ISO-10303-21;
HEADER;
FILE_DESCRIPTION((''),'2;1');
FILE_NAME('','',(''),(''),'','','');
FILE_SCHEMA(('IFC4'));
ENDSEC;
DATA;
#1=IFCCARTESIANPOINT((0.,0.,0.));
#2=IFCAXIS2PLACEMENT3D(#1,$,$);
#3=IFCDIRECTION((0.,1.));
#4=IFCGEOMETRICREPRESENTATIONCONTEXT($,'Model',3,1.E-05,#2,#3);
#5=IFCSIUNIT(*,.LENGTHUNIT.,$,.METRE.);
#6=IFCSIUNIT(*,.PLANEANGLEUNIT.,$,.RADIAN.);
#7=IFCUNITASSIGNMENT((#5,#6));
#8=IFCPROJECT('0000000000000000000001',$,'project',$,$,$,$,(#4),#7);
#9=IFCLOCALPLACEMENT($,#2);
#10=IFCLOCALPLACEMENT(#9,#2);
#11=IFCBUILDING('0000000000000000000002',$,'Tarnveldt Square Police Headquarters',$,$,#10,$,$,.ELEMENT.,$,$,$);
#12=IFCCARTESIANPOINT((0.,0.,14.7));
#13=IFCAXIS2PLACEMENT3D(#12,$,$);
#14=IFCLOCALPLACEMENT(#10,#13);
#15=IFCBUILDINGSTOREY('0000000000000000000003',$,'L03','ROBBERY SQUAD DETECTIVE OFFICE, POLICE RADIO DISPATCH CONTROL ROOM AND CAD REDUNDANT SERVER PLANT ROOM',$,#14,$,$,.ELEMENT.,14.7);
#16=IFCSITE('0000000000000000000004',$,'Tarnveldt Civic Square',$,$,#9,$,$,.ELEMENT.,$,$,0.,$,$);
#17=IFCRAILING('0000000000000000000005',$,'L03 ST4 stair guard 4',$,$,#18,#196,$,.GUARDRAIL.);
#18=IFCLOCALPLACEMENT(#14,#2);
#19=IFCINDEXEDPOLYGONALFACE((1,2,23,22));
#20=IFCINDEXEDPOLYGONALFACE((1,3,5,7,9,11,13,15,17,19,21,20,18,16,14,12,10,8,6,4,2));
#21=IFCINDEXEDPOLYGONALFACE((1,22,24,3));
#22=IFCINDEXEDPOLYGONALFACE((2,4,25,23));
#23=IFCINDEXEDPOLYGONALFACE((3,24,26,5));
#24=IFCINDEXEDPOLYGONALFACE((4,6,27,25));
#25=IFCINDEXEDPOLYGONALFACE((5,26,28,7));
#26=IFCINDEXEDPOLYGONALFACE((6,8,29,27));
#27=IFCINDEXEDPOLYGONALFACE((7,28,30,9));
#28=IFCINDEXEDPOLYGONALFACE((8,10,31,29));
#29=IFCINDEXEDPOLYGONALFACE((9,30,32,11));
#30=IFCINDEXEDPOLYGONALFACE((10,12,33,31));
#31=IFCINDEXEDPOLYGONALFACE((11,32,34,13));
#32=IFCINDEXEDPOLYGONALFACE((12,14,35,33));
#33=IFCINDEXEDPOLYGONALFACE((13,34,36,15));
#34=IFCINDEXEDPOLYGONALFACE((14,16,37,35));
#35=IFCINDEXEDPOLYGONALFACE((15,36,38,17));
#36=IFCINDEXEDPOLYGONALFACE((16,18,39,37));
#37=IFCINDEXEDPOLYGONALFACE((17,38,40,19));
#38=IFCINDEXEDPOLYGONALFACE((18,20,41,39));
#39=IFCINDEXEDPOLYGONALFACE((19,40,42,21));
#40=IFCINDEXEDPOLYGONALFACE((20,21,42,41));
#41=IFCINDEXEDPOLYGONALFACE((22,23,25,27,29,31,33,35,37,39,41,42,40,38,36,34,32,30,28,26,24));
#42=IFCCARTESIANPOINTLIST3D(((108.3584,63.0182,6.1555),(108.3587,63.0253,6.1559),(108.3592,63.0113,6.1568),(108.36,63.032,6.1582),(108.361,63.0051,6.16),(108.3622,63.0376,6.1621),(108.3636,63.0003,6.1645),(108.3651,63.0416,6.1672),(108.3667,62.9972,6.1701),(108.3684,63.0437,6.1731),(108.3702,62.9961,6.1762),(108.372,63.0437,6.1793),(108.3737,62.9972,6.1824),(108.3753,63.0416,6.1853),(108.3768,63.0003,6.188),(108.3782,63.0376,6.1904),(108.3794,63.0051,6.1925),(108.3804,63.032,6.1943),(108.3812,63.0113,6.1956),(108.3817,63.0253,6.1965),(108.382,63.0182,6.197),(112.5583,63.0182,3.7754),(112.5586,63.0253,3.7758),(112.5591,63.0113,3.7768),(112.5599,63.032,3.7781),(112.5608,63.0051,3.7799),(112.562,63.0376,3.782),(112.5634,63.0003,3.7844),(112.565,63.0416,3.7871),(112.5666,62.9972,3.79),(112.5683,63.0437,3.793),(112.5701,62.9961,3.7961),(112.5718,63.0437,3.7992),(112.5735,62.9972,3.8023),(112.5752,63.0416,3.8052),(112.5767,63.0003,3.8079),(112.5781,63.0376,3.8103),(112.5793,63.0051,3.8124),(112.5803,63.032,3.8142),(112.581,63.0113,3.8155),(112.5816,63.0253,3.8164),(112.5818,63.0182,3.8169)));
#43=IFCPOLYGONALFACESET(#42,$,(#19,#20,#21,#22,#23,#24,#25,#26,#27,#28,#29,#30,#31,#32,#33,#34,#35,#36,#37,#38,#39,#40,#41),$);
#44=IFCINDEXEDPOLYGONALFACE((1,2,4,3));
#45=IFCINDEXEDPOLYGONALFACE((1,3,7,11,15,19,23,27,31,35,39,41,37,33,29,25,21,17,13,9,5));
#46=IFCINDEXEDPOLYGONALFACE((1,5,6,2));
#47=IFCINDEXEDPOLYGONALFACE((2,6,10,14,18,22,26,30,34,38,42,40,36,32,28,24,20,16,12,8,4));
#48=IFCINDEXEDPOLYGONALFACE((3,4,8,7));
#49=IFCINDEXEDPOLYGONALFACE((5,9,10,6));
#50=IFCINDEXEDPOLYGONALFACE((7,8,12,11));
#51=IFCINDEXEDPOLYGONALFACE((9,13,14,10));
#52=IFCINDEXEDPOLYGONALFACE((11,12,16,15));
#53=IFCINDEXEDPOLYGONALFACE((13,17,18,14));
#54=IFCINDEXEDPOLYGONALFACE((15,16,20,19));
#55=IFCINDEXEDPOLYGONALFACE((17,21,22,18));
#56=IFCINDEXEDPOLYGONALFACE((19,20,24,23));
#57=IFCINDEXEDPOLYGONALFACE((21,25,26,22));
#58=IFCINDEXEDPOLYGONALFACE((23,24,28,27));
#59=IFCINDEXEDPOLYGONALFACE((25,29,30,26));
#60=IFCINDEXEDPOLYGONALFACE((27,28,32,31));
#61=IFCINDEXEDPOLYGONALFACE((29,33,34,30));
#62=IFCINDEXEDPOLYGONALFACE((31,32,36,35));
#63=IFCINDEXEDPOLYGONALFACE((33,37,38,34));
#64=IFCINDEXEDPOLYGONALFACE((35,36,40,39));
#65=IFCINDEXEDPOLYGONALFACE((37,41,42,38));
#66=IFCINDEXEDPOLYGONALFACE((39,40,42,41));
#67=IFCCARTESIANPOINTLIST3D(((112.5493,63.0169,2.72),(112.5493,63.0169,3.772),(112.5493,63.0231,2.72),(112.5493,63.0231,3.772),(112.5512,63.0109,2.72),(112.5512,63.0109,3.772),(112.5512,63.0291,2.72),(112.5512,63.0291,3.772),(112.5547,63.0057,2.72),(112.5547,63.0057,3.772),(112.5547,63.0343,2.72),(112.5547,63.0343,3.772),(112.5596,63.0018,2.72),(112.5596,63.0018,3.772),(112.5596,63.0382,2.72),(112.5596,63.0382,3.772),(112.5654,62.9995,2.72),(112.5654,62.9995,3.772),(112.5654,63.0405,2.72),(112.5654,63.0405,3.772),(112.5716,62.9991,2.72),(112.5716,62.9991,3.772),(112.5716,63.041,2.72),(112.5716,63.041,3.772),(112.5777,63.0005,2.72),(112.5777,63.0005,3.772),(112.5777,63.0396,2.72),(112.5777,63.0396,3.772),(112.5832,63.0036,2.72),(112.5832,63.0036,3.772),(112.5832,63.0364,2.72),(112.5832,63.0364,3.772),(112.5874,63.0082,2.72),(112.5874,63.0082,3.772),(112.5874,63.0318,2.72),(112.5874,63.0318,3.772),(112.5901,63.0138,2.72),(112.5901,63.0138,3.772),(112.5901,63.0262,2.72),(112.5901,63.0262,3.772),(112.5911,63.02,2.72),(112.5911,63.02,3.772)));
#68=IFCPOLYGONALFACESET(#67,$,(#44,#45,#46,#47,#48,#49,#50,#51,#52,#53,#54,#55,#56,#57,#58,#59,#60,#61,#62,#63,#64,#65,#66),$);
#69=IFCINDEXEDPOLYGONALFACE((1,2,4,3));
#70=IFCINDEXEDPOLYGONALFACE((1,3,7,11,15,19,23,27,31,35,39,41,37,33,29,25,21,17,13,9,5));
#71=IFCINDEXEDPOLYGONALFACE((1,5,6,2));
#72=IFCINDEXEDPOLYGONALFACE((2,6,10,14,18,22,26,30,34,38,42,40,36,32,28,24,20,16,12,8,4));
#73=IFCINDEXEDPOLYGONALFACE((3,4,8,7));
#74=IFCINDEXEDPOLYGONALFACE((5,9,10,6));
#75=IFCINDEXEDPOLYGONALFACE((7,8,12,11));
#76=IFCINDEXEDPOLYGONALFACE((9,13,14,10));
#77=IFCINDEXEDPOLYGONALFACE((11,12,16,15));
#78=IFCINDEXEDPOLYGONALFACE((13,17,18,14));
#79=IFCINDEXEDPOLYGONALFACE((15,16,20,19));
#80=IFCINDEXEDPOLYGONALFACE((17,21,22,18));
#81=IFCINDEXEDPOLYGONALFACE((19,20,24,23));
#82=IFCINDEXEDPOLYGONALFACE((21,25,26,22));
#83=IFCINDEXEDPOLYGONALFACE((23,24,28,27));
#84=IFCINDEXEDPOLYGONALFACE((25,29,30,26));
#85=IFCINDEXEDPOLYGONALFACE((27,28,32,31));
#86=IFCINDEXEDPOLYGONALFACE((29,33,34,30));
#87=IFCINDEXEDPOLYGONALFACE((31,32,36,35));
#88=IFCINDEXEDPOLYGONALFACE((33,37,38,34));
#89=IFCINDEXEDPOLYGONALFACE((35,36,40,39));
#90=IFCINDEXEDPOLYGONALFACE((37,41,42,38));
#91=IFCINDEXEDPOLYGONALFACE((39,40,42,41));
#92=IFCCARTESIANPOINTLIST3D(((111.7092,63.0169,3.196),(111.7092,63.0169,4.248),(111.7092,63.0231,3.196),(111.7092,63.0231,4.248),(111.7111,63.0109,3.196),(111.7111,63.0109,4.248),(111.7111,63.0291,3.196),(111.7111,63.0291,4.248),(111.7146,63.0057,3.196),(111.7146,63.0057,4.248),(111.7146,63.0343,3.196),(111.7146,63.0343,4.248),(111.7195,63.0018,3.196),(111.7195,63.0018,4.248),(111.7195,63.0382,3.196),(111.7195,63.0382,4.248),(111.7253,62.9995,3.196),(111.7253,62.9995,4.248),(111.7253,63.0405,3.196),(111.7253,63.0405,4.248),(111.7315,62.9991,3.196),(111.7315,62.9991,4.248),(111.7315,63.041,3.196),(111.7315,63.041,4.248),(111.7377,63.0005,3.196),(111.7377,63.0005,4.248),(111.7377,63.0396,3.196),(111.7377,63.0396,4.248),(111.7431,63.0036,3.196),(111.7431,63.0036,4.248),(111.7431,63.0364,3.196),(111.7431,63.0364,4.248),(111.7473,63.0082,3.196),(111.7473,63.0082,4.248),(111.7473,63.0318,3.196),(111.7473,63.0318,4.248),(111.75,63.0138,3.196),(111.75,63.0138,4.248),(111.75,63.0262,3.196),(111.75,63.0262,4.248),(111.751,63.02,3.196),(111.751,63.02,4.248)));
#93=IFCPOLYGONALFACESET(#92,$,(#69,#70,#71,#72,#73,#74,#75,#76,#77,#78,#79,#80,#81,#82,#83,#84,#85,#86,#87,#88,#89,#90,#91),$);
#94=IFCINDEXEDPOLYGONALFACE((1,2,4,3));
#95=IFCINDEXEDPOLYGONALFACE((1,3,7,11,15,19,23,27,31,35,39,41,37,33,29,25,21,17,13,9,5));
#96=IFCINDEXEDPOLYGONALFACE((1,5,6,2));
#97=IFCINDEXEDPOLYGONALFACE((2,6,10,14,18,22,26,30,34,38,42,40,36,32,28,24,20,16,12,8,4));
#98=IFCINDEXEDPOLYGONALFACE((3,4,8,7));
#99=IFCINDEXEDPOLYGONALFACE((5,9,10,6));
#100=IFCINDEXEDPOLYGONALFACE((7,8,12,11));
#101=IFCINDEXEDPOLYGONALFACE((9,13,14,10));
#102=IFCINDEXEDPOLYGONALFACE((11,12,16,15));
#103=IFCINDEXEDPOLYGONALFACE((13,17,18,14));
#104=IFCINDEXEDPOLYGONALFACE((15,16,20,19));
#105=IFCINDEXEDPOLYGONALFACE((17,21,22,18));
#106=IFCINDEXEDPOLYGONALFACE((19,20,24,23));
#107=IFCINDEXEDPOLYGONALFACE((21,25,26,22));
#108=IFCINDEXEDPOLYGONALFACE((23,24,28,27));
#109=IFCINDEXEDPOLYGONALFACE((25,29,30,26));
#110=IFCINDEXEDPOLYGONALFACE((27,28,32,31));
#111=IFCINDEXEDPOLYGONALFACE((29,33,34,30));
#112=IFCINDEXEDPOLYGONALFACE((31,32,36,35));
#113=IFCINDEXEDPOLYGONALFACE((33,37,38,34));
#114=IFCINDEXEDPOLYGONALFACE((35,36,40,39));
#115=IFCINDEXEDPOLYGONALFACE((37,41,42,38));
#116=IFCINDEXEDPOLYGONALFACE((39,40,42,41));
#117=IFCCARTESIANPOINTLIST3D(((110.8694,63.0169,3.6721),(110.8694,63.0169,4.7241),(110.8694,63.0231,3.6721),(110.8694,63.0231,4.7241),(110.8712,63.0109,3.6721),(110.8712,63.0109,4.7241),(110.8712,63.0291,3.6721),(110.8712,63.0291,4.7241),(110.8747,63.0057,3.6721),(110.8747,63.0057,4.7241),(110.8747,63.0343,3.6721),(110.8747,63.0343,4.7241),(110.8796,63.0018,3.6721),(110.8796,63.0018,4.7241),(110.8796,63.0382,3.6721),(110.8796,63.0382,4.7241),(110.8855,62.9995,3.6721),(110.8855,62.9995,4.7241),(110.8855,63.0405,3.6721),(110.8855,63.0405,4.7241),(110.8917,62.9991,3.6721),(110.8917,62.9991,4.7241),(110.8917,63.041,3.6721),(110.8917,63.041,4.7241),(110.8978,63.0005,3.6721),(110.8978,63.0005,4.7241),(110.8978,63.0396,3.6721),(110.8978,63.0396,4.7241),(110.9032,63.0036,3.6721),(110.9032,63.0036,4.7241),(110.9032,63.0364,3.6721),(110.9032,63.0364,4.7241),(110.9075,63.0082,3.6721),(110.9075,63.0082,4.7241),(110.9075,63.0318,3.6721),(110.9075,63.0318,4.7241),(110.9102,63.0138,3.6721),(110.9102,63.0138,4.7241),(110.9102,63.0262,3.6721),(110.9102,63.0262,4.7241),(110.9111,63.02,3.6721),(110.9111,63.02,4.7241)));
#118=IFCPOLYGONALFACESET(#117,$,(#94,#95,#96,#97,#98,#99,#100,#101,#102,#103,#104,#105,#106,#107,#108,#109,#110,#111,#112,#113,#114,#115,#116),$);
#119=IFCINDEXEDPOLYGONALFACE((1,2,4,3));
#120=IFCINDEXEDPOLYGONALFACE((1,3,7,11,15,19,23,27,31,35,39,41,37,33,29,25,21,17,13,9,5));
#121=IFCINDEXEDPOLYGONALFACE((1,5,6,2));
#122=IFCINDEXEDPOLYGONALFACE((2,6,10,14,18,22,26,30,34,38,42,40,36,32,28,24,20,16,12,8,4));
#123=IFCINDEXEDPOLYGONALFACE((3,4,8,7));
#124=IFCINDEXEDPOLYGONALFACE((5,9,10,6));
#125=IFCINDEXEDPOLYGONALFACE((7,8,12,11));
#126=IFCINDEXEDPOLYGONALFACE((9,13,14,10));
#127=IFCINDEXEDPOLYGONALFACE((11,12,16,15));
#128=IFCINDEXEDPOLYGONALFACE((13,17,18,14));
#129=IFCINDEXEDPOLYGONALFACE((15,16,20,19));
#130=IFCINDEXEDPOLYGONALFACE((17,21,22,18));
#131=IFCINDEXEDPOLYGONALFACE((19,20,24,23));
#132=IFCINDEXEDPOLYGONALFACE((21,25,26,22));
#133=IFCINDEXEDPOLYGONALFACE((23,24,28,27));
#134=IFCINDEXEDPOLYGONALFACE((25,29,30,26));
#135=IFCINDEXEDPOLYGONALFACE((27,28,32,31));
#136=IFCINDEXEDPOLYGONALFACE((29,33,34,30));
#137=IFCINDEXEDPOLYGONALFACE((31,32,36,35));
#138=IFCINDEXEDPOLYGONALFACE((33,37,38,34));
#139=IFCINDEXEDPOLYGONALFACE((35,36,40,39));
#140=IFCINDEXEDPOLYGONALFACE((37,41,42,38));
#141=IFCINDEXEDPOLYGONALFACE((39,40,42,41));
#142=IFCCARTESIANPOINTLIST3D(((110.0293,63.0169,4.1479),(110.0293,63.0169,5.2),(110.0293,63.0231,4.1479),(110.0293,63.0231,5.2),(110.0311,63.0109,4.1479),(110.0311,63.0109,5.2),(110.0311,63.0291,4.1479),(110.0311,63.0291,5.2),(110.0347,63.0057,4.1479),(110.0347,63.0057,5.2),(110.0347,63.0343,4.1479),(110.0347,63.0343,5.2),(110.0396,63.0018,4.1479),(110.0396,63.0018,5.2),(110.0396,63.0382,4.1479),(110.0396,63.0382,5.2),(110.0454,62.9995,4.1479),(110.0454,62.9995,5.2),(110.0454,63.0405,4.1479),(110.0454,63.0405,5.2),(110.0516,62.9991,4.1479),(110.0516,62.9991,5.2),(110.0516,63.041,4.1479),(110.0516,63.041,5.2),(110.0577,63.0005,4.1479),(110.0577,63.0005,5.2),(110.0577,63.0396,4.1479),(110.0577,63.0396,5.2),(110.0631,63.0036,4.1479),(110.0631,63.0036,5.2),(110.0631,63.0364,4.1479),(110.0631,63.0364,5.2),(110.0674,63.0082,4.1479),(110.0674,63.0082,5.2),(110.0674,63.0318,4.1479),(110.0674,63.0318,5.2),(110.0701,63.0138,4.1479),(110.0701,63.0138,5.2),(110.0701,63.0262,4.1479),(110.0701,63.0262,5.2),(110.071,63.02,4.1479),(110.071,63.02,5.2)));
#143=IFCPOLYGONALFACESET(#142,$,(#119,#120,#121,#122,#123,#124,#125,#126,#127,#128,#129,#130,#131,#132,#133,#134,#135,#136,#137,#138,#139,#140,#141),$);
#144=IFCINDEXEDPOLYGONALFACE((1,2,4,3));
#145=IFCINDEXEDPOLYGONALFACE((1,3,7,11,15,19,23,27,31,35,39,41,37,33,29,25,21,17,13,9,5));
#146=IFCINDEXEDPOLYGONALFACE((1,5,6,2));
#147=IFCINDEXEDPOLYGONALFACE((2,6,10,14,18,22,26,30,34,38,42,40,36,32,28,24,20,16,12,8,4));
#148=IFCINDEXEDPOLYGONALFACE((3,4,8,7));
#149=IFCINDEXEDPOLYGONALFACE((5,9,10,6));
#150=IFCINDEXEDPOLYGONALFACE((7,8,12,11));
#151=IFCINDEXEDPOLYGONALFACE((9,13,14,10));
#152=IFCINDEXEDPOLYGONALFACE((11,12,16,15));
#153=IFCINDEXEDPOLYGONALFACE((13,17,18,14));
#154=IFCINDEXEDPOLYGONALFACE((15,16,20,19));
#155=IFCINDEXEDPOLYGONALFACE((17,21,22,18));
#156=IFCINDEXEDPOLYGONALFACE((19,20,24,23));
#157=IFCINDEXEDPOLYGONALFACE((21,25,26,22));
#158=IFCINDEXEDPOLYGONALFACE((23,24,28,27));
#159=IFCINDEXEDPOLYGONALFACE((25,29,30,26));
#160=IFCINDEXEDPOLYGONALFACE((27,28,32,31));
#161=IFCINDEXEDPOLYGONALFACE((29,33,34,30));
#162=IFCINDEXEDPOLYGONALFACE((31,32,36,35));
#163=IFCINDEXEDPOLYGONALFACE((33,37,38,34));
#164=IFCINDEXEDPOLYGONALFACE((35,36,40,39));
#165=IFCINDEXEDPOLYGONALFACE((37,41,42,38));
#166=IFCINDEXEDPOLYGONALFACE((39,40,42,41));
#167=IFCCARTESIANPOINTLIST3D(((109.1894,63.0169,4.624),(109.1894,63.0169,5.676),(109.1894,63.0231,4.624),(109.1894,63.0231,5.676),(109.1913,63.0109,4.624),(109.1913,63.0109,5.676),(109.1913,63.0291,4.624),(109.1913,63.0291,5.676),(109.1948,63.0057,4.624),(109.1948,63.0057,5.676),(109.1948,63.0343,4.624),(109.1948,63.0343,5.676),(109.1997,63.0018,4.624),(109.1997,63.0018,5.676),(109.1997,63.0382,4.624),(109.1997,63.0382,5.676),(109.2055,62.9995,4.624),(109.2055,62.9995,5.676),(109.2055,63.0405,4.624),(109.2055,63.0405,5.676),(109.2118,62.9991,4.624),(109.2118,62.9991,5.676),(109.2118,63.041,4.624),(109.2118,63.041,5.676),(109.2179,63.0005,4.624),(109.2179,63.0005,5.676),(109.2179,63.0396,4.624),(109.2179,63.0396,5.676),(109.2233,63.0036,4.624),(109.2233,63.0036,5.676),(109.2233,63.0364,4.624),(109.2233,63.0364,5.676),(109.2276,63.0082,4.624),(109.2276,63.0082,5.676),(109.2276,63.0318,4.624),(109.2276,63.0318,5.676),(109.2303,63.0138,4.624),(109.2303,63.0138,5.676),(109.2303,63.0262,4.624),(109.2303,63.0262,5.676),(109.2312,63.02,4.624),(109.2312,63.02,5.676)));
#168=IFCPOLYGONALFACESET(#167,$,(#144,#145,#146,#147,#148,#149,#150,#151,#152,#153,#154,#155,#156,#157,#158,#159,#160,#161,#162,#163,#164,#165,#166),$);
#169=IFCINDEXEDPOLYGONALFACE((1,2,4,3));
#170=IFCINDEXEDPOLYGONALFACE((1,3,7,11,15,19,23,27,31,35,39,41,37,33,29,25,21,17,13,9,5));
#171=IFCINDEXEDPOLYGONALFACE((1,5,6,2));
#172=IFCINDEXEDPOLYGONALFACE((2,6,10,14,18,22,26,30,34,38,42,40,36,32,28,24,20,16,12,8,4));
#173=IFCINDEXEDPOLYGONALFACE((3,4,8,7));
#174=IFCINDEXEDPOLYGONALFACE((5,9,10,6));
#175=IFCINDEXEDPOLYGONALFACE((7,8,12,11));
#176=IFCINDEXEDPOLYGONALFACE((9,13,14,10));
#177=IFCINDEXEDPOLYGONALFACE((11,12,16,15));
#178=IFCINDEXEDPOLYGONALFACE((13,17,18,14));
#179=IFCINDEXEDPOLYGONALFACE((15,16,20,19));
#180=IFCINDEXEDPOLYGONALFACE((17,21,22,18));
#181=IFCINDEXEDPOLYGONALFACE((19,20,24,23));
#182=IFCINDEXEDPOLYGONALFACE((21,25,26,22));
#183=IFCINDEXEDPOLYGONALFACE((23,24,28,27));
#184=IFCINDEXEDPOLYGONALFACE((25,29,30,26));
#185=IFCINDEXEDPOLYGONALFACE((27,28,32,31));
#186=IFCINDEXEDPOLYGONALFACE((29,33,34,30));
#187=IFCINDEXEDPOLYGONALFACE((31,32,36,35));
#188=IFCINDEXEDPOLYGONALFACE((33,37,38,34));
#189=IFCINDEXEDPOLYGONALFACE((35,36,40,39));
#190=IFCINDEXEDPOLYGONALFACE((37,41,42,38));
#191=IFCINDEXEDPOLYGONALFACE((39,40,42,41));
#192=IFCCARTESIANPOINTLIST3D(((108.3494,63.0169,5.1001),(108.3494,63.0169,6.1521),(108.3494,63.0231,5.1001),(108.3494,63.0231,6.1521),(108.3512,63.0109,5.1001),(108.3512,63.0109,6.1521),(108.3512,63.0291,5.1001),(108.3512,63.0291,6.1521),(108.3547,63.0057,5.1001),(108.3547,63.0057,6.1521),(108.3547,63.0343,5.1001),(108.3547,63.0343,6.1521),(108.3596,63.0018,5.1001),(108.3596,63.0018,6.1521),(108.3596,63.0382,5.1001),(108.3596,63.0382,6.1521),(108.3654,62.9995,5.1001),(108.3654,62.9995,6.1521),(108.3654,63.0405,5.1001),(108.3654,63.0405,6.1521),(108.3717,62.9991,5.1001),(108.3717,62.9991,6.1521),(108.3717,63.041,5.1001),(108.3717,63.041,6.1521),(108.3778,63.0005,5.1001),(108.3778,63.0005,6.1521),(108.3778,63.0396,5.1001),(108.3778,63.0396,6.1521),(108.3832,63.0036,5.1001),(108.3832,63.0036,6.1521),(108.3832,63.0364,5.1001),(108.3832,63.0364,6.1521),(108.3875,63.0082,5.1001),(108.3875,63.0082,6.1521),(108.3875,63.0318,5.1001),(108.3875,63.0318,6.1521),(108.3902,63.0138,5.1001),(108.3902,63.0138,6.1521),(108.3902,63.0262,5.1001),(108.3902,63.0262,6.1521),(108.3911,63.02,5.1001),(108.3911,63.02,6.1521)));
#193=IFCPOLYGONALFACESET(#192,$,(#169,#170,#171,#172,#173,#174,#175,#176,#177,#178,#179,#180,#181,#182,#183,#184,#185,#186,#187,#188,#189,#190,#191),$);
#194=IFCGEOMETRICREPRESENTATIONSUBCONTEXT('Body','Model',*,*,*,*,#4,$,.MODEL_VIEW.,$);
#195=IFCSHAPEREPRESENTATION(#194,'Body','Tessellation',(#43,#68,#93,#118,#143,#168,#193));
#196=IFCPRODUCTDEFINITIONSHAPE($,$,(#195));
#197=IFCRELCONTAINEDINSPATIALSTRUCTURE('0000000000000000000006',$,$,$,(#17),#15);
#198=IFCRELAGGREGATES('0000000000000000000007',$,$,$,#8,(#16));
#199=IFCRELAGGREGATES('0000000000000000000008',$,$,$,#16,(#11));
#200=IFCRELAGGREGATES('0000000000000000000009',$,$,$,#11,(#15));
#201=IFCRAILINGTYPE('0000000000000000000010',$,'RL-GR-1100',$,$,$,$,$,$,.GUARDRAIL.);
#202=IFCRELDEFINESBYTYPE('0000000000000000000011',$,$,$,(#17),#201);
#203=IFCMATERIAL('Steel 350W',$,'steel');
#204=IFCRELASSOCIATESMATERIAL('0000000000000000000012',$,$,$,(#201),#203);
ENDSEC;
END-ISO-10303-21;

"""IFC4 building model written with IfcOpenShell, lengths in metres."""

from ifc_helpers import new_model, si_unit, direction, frame, origin, origin_2d, place, context, subcontext, project, spatial, circle, extrude, material, type_object, element, save


model = new_model("IFC4")

# Units and contexts
model_context = context("Model", 3, precision=1e-05, world=origin(), true_north=direction((0.0, 1.0)))
body_context = subcontext(model_context, "Body", "Model", "MODEL_VIEW")
ifc_project = project(units=[si_unit("LENGTHUNIT", "METRE"), si_unit("PLANEANGLEUNIT", "RADIAN")], contexts=[model_context])

# Site, building, storey
site_placement = place(None, origin())
site = spatial("IfcSite", under=ifc_project, at=site_placement, Name="Tarnveldt Civic Square", CompositionType="ELEMENT", RefElevation=0.0)
building_placement = place(site_placement, origin())
building = spatial("IfcBuilding", under=site, at=building_placement, Name="Tarnveldt Square Police Headquarters", CompositionType="ELEMENT")
storey_placement = place(building_placement, frame((0.0, 0.0, 14.7)))
storey = spatial("IfcBuildingStorey", under=building, at=storey_placement, Name="L03", Description="ROBBERY SQUAD DETECTIVE OFFICE, POLICE RADIO DISPATCH CONTROL ROOM AND CAD REDUNDANT SERVER PLANT ROOM", CompositionType="ELEMENT", Elevation=14.7)

# Shared definitions
ifc_material_1 = material(Name="Steel 350W", Category="steel")

# Railing
railing_type_1 = type_object("IfcRailingType", Name="RL-GR-1100", PredefinedType="GUARDRAIL", material=ifc_material_1)
railing_1_placement = place(storey_placement, frame((112.5701, 63.02, 2.72)))
element("IfcRailing", 1, at=railing_1_placement, inside=storey, type_object=railing_type_1, Name="L03 ST4 stair guard 4", PredefinedType="GUARDRAIL", context=body_context, shape_type="SweptSolid", body=[
    extrude(circle(Radius=0.0239, at=origin_2d()), frame((0.0, 0.0, 1.0762), z_axis=(-0.870008, 0.0, 0.493037), x_axis=(0.0, -1.0, 0.0)), (0.0, 0.0, 1.0), 4.8274),
    extrude(circle(Radius=0.021, at=origin_2d()), origin(), (0.0, 0.0, 1.0), 1.052),
    extrude(circle(Radius=0.021, at=origin_2d()), frame((-0.8401, 0.0, 0.4761)), (0.0, 0.0, 1.0), 1.052),
    extrude(circle(Radius=0.021, at=origin_2d()), frame((-1.6799, 0.0, 0.9521)), (0.0, 0.0, 1.0), 1.052),
    extrude(circle(Radius=0.021, at=origin_2d()), frame((-2.52, 0.0, 1.428)), (0.0, 0.0, 1.0), 1.052),
    extrude(circle(Radius=0.021, at=origin_2d()), frame((-3.3599, 0.0, 1.9041)), (0.0, 0.0, 1.0), 1.052),
    extrude(circle(Radius=0.021, at=origin_2d()), frame((-4.2, 0.0, 2.3801)), (0.0, 0.0, 1.0), 1.052),
])

save(model, "model.ifc")
